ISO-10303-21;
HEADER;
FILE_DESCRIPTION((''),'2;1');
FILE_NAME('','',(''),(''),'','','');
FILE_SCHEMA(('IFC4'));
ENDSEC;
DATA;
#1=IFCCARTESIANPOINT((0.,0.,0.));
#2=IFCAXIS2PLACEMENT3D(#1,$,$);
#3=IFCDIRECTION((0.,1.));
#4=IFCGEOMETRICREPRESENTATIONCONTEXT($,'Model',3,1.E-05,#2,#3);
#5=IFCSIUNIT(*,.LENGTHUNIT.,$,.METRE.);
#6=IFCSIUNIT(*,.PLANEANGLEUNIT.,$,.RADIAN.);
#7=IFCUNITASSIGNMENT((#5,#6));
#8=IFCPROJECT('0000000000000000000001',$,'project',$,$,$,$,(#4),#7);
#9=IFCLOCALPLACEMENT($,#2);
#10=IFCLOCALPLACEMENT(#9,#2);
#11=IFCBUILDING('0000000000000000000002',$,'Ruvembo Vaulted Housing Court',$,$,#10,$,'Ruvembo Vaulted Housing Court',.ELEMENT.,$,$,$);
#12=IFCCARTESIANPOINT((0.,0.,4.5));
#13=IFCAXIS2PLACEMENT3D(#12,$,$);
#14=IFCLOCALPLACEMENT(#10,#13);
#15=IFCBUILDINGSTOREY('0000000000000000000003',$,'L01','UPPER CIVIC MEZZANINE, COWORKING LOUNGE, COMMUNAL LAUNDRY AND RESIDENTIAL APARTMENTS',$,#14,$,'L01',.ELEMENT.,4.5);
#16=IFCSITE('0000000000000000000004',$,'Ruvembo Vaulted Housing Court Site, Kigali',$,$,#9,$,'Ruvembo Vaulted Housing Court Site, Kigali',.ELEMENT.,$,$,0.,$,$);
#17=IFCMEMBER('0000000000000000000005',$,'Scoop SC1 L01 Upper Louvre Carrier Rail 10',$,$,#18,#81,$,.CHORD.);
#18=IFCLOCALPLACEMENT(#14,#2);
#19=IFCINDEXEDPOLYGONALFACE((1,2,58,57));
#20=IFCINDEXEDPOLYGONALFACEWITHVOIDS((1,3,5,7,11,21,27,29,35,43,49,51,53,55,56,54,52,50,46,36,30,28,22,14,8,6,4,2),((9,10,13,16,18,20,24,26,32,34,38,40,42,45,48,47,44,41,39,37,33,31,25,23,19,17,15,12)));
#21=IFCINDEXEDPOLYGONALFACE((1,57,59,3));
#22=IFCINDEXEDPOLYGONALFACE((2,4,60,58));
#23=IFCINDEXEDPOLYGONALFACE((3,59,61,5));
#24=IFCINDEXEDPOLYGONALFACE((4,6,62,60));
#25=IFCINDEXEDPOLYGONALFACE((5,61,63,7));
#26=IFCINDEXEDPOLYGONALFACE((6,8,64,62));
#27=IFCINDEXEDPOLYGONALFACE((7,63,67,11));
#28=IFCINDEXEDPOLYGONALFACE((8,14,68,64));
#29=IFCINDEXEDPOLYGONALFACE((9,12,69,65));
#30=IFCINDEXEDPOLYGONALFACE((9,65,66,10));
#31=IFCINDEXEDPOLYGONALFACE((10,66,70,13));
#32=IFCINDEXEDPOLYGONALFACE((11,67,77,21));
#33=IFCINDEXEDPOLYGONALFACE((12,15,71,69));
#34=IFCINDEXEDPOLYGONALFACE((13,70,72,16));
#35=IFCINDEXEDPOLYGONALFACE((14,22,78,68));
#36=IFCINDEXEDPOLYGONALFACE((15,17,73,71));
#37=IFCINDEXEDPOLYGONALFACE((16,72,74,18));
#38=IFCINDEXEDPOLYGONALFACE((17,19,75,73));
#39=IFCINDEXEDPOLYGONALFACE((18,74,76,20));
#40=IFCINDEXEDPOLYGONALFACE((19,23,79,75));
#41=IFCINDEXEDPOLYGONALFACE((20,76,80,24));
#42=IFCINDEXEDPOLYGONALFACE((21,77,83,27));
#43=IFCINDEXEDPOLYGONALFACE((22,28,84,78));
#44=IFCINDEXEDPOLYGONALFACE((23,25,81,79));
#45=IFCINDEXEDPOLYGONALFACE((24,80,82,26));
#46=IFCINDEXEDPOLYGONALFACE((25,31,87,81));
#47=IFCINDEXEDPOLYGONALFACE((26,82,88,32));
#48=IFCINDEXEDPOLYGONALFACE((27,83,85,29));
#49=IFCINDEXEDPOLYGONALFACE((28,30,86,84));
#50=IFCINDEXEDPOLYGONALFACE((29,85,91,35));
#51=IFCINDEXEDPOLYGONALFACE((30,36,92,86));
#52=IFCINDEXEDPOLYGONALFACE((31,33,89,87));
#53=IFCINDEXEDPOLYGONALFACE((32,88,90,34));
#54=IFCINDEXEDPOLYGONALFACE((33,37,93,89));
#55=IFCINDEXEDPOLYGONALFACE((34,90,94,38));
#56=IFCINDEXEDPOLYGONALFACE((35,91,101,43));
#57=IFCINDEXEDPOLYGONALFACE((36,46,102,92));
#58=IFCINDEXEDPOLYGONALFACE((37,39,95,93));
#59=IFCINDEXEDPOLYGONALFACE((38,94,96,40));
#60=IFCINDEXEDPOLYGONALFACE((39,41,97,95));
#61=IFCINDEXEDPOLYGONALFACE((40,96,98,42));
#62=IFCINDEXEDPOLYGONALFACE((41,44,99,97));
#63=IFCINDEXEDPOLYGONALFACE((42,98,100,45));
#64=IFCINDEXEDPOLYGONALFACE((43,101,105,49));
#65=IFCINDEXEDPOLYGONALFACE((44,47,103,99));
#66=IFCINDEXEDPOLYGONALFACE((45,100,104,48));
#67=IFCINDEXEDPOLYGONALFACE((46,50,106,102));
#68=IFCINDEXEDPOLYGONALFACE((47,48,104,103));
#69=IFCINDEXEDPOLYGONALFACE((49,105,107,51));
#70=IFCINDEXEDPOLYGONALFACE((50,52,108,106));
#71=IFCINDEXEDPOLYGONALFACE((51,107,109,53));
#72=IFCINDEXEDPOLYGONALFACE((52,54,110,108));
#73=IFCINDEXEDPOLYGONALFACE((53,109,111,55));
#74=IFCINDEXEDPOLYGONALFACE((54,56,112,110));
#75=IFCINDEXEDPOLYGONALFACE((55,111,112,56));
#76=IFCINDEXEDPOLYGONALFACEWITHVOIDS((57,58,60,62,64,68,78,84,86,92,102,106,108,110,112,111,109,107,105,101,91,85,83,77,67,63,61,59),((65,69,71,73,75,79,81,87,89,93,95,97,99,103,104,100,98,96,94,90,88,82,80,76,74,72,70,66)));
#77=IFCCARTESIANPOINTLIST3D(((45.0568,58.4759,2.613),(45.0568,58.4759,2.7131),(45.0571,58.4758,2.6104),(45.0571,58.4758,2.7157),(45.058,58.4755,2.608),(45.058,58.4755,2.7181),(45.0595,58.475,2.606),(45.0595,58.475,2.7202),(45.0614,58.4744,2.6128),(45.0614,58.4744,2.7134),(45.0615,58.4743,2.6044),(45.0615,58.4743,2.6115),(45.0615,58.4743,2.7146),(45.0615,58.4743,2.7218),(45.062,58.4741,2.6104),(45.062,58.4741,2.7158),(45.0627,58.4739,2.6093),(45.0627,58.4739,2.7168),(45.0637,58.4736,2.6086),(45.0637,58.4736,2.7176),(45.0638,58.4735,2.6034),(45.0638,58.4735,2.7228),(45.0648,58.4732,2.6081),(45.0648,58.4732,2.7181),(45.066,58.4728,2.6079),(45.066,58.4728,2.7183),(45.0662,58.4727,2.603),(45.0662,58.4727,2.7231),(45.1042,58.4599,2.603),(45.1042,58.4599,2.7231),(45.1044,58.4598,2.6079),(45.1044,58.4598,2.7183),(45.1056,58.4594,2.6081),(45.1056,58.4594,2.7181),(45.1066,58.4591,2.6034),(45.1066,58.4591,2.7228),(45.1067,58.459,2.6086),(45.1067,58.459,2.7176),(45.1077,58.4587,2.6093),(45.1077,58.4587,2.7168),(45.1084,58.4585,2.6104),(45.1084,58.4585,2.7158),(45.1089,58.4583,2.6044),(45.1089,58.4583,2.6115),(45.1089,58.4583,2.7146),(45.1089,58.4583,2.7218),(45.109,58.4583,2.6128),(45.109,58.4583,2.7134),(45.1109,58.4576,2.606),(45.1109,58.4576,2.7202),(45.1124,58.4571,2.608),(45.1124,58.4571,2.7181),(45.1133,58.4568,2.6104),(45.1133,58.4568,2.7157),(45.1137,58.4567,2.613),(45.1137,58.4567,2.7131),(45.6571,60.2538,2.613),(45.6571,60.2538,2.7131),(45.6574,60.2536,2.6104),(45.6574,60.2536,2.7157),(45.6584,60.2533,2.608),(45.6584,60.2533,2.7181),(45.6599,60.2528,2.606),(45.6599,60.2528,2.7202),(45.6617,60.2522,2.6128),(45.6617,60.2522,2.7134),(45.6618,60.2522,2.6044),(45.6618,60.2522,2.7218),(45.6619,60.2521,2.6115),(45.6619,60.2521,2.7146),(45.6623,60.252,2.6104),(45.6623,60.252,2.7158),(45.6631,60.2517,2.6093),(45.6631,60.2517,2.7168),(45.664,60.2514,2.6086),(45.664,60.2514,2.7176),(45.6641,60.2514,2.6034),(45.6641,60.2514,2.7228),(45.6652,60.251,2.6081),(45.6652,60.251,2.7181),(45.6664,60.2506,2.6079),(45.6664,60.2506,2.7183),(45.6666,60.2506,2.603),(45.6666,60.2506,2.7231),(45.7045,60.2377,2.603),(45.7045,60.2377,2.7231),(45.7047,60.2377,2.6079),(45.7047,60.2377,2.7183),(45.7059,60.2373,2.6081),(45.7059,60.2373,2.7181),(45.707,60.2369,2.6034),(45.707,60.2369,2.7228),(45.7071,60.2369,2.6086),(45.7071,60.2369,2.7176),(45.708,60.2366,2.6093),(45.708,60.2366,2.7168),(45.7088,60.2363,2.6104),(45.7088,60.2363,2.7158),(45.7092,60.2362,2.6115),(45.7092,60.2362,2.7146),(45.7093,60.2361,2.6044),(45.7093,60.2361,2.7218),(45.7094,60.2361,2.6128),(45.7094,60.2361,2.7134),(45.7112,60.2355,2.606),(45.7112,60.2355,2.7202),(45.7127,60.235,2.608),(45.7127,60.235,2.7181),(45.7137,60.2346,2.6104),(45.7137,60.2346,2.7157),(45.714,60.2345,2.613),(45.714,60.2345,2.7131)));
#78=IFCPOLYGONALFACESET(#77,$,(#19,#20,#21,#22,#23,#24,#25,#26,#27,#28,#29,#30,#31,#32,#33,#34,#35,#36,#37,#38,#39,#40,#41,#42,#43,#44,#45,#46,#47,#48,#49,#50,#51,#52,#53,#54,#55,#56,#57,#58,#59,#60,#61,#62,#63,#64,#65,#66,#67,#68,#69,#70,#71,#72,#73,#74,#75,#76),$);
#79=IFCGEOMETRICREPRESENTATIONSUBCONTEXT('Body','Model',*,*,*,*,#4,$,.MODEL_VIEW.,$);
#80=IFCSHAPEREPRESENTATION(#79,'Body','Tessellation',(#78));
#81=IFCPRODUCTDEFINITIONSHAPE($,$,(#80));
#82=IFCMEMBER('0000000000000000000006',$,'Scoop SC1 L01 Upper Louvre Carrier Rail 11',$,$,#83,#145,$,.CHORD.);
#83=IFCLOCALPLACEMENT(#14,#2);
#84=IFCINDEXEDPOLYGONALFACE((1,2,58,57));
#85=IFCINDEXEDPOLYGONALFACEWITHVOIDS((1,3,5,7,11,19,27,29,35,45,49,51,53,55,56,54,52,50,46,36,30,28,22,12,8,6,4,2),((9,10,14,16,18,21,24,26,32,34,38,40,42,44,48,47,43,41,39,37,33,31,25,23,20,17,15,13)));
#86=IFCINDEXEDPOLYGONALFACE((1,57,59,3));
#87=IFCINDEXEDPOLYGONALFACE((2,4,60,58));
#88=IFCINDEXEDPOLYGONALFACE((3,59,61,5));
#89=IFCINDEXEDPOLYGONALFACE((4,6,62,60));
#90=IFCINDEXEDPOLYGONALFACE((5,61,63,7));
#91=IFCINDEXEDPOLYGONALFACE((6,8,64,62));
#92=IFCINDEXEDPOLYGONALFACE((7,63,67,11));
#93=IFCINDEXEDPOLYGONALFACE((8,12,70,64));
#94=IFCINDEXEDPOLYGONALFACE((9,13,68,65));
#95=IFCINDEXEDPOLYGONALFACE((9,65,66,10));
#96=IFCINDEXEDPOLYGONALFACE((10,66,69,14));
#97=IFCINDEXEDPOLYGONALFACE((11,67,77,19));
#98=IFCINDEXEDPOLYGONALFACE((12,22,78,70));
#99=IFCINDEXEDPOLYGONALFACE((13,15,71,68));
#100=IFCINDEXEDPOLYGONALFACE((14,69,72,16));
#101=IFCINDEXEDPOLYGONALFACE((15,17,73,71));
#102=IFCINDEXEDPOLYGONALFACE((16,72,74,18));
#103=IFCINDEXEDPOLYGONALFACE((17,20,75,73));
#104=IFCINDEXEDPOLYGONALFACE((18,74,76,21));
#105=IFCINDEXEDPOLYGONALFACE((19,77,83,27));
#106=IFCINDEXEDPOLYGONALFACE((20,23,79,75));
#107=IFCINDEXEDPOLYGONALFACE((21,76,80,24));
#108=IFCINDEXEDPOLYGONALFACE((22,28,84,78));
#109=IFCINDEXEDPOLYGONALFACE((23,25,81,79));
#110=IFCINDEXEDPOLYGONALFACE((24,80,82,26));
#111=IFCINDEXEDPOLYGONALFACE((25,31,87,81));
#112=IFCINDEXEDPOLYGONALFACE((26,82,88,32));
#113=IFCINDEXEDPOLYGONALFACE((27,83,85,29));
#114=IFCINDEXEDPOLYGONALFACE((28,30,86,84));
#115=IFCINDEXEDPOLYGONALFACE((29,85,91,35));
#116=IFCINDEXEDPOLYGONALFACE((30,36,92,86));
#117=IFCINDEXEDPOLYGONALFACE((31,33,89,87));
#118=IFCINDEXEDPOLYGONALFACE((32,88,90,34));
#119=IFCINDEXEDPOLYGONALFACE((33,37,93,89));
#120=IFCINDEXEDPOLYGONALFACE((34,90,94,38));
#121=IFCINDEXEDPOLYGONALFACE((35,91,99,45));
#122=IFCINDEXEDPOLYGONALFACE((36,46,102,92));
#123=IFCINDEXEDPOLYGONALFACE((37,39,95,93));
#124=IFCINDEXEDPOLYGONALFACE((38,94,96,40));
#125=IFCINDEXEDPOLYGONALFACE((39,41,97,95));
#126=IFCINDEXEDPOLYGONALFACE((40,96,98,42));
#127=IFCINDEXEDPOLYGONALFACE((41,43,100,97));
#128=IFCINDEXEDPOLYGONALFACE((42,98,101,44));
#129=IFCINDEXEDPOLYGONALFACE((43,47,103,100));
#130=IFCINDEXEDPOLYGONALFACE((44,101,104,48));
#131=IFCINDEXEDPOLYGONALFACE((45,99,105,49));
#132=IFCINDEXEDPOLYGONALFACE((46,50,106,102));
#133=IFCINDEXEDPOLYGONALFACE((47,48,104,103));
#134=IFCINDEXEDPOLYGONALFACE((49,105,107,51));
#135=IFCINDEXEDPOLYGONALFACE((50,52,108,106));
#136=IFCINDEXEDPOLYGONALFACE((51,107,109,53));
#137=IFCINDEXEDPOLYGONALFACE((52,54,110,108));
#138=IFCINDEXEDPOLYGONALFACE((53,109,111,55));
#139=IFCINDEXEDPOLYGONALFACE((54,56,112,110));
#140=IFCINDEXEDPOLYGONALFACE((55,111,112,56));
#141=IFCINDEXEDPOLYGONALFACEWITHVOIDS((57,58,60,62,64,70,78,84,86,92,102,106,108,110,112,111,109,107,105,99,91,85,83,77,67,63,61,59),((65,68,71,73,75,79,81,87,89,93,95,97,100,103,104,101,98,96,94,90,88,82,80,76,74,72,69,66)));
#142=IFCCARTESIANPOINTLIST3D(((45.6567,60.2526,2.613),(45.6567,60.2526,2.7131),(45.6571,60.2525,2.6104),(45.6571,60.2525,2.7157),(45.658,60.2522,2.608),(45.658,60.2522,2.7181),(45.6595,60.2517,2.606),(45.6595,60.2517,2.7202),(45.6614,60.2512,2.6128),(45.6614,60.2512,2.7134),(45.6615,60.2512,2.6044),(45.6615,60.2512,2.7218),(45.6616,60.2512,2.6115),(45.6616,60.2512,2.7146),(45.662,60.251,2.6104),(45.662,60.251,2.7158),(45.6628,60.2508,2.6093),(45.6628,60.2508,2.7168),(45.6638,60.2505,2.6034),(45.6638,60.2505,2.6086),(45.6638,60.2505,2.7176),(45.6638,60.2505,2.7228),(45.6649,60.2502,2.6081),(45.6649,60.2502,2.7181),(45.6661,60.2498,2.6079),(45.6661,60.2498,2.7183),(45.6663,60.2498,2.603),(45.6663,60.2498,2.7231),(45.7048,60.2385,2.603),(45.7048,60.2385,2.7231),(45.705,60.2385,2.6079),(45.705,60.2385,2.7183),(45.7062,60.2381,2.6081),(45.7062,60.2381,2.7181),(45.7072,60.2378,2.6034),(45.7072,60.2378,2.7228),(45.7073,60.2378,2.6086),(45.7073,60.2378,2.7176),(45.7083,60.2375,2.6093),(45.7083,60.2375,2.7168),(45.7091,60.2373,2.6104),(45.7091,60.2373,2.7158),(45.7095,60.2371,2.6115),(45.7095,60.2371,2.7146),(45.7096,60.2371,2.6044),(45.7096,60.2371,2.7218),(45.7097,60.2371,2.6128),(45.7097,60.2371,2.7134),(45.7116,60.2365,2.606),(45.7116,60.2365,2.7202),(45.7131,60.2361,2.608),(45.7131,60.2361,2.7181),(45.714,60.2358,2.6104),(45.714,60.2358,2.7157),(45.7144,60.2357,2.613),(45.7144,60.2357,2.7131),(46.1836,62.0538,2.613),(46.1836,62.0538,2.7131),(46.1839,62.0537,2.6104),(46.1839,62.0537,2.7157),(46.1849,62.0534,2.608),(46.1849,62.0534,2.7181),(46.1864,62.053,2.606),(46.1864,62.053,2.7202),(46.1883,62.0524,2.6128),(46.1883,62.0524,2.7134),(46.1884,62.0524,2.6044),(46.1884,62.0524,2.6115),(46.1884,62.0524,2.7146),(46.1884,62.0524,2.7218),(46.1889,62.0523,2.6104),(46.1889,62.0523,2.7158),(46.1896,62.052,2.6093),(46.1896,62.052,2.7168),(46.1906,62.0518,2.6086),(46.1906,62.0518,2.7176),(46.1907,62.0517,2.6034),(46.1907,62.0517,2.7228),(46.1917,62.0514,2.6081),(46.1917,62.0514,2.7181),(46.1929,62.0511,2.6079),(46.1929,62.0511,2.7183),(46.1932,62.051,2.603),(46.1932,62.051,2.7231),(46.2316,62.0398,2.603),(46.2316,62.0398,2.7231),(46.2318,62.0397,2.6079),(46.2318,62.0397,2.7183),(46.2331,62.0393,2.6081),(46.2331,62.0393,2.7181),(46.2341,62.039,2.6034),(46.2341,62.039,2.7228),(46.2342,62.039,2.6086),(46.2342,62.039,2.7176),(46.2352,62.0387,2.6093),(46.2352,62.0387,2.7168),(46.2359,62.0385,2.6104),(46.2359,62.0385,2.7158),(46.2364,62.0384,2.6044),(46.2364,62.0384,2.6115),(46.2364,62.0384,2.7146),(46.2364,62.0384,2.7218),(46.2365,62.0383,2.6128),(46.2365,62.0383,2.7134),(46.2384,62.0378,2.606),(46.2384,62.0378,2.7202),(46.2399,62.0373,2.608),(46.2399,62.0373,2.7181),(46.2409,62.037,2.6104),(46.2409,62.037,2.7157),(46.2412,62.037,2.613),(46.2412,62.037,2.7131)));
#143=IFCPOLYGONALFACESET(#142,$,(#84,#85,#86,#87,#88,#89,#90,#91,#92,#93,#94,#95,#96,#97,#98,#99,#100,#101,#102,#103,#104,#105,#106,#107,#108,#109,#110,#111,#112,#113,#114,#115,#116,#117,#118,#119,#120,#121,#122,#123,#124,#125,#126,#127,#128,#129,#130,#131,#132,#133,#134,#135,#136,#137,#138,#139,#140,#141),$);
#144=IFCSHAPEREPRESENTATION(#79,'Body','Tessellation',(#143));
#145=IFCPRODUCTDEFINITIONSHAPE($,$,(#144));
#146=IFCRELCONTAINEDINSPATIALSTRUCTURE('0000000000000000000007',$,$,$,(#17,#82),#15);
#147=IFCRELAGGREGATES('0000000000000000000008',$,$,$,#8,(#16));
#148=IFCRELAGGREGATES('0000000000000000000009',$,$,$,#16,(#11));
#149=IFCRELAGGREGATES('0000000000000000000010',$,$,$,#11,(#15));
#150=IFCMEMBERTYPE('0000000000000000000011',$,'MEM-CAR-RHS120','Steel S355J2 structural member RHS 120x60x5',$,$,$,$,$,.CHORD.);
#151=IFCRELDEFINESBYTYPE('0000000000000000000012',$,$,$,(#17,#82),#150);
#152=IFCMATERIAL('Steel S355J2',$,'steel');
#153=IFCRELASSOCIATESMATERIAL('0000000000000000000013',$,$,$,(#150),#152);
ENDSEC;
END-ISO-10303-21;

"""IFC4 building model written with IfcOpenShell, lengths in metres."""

from ifc_helpers import new_model, si_unit, direction, frame, origin, origin_2d, place, context, subcontext, project, spatial, hollow_rectangle, extrude, material, material_profile, profile_set, type_object, element, save


model = new_model("IFC4")

# Units and contexts
model_context = context("Model", 3, precision=1e-05, world=origin(), true_north=direction((0.0, 1.0)))
body_context = subcontext(model_context, "Body", "Model", "MODEL_VIEW")
ifc_project = project(units=[si_unit("LENGTHUNIT", "METRE"), si_unit("PLANEANGLEUNIT", "RADIAN")], contexts=[model_context])

# Site, building, storey
site_placement = place(None, origin())
site = spatial("IfcSite", under=ifc_project, at=site_placement, Name="Ruvembo Vaulted Housing Court Site, Kigali", LongName="Ruvembo Vaulted Housing Court Site, Kigali", CompositionType="ELEMENT", RefElevation=0.0)
building_placement = place(site_placement, origin())
building = spatial("IfcBuilding", under=site, at=building_placement, Name="Ruvembo Vaulted Housing Court", LongName="Ruvembo Vaulted Housing Court", CompositionType="ELEMENT")
storey_placement = place(building_placement, frame((0.0, 0.0, 4.5)))
storey = spatial("IfcBuildingStorey", under=building, at=storey_placement, Name="L01", Description="UPPER CIVIC MEZZANINE, COWORKING LOUNGE, COMMUNAL LAUNDRY AND RESIDENTIAL APARTMENTS", LongName="L01", CompositionType="ELEMENT", Elevation=4.5)

# Shared definitions
ifc_material_1 = material(Name="Steel S355J2", Category="steel")

# Members
ifc_material_profile_1 = material_profile(ifc_material_1, hollow_rectangle(XDim=0.0601, YDim=0.1201, WallThickness=0.0049, InnerFilletRadius=0.0049, OuterFilletRadius=0.01, at=origin_2d()), Name="RHS 120x60x5")
ifc_profile_set_1 = profile_set([ifc_material_profile_1], Name="Steel S355J2")
member_type_1 = type_object("IfcMemberType", Name="MEM-CAR-RHS120", Description="Steel S355J2 structural member RHS 120x60x5", PredefinedType="CHORD", material=ifc_profile_set_1)
member_1_placement = place(storey_placement, frame((45.0852, 58.4663, 2.6631), z_axis=(0.319933, 0.94744, 0.0), x_axis=(-0.94744, 0.319933, 0.0)))
element("IfcMember", 1, at=member_1_placement, inside=storey, type_object=member_type_1, Name="Scoop SC1 L01 Upper Louvre Carrier Rail 10", PredefinedType="CHORD", context=body_context, shape_type="SweptSolid", body=[
    extrude(hollow_rectangle(XDim=0.0601, YDim=0.1201, WallThickness=0.0049, InnerFilletRadius=0.0049, OuterFilletRadius=0.01, at=origin_2d()), origin(), (0.0, 0.0, 1.0), 1.8765),
])
member_2_placement = place(storey_placement, frame((45.6855, 60.2441, 2.6631), z_axis=(0.280729, 0.959787, 0.0), x_axis=(-0.959787, 0.280729, 0.0)))
element("IfcMember", 2, at=member_2_placement, inside=storey, type_object=member_type_1, Name="Scoop SC1 L01 Upper Louvre Carrier Rail 11", PredefinedType="CHORD", context=body_context, shape_type="SweptSolid", body=[
    extrude(hollow_rectangle(XDim=0.0601, YDim=0.1201, WallThickness=0.0049, InnerFilletRadius=0.0049, OuterFilletRadius=0.01, at=origin_2d()), origin(), (0.0, 0.0, 1.0), 1.8767),
])

save(model, "model.ifc")
